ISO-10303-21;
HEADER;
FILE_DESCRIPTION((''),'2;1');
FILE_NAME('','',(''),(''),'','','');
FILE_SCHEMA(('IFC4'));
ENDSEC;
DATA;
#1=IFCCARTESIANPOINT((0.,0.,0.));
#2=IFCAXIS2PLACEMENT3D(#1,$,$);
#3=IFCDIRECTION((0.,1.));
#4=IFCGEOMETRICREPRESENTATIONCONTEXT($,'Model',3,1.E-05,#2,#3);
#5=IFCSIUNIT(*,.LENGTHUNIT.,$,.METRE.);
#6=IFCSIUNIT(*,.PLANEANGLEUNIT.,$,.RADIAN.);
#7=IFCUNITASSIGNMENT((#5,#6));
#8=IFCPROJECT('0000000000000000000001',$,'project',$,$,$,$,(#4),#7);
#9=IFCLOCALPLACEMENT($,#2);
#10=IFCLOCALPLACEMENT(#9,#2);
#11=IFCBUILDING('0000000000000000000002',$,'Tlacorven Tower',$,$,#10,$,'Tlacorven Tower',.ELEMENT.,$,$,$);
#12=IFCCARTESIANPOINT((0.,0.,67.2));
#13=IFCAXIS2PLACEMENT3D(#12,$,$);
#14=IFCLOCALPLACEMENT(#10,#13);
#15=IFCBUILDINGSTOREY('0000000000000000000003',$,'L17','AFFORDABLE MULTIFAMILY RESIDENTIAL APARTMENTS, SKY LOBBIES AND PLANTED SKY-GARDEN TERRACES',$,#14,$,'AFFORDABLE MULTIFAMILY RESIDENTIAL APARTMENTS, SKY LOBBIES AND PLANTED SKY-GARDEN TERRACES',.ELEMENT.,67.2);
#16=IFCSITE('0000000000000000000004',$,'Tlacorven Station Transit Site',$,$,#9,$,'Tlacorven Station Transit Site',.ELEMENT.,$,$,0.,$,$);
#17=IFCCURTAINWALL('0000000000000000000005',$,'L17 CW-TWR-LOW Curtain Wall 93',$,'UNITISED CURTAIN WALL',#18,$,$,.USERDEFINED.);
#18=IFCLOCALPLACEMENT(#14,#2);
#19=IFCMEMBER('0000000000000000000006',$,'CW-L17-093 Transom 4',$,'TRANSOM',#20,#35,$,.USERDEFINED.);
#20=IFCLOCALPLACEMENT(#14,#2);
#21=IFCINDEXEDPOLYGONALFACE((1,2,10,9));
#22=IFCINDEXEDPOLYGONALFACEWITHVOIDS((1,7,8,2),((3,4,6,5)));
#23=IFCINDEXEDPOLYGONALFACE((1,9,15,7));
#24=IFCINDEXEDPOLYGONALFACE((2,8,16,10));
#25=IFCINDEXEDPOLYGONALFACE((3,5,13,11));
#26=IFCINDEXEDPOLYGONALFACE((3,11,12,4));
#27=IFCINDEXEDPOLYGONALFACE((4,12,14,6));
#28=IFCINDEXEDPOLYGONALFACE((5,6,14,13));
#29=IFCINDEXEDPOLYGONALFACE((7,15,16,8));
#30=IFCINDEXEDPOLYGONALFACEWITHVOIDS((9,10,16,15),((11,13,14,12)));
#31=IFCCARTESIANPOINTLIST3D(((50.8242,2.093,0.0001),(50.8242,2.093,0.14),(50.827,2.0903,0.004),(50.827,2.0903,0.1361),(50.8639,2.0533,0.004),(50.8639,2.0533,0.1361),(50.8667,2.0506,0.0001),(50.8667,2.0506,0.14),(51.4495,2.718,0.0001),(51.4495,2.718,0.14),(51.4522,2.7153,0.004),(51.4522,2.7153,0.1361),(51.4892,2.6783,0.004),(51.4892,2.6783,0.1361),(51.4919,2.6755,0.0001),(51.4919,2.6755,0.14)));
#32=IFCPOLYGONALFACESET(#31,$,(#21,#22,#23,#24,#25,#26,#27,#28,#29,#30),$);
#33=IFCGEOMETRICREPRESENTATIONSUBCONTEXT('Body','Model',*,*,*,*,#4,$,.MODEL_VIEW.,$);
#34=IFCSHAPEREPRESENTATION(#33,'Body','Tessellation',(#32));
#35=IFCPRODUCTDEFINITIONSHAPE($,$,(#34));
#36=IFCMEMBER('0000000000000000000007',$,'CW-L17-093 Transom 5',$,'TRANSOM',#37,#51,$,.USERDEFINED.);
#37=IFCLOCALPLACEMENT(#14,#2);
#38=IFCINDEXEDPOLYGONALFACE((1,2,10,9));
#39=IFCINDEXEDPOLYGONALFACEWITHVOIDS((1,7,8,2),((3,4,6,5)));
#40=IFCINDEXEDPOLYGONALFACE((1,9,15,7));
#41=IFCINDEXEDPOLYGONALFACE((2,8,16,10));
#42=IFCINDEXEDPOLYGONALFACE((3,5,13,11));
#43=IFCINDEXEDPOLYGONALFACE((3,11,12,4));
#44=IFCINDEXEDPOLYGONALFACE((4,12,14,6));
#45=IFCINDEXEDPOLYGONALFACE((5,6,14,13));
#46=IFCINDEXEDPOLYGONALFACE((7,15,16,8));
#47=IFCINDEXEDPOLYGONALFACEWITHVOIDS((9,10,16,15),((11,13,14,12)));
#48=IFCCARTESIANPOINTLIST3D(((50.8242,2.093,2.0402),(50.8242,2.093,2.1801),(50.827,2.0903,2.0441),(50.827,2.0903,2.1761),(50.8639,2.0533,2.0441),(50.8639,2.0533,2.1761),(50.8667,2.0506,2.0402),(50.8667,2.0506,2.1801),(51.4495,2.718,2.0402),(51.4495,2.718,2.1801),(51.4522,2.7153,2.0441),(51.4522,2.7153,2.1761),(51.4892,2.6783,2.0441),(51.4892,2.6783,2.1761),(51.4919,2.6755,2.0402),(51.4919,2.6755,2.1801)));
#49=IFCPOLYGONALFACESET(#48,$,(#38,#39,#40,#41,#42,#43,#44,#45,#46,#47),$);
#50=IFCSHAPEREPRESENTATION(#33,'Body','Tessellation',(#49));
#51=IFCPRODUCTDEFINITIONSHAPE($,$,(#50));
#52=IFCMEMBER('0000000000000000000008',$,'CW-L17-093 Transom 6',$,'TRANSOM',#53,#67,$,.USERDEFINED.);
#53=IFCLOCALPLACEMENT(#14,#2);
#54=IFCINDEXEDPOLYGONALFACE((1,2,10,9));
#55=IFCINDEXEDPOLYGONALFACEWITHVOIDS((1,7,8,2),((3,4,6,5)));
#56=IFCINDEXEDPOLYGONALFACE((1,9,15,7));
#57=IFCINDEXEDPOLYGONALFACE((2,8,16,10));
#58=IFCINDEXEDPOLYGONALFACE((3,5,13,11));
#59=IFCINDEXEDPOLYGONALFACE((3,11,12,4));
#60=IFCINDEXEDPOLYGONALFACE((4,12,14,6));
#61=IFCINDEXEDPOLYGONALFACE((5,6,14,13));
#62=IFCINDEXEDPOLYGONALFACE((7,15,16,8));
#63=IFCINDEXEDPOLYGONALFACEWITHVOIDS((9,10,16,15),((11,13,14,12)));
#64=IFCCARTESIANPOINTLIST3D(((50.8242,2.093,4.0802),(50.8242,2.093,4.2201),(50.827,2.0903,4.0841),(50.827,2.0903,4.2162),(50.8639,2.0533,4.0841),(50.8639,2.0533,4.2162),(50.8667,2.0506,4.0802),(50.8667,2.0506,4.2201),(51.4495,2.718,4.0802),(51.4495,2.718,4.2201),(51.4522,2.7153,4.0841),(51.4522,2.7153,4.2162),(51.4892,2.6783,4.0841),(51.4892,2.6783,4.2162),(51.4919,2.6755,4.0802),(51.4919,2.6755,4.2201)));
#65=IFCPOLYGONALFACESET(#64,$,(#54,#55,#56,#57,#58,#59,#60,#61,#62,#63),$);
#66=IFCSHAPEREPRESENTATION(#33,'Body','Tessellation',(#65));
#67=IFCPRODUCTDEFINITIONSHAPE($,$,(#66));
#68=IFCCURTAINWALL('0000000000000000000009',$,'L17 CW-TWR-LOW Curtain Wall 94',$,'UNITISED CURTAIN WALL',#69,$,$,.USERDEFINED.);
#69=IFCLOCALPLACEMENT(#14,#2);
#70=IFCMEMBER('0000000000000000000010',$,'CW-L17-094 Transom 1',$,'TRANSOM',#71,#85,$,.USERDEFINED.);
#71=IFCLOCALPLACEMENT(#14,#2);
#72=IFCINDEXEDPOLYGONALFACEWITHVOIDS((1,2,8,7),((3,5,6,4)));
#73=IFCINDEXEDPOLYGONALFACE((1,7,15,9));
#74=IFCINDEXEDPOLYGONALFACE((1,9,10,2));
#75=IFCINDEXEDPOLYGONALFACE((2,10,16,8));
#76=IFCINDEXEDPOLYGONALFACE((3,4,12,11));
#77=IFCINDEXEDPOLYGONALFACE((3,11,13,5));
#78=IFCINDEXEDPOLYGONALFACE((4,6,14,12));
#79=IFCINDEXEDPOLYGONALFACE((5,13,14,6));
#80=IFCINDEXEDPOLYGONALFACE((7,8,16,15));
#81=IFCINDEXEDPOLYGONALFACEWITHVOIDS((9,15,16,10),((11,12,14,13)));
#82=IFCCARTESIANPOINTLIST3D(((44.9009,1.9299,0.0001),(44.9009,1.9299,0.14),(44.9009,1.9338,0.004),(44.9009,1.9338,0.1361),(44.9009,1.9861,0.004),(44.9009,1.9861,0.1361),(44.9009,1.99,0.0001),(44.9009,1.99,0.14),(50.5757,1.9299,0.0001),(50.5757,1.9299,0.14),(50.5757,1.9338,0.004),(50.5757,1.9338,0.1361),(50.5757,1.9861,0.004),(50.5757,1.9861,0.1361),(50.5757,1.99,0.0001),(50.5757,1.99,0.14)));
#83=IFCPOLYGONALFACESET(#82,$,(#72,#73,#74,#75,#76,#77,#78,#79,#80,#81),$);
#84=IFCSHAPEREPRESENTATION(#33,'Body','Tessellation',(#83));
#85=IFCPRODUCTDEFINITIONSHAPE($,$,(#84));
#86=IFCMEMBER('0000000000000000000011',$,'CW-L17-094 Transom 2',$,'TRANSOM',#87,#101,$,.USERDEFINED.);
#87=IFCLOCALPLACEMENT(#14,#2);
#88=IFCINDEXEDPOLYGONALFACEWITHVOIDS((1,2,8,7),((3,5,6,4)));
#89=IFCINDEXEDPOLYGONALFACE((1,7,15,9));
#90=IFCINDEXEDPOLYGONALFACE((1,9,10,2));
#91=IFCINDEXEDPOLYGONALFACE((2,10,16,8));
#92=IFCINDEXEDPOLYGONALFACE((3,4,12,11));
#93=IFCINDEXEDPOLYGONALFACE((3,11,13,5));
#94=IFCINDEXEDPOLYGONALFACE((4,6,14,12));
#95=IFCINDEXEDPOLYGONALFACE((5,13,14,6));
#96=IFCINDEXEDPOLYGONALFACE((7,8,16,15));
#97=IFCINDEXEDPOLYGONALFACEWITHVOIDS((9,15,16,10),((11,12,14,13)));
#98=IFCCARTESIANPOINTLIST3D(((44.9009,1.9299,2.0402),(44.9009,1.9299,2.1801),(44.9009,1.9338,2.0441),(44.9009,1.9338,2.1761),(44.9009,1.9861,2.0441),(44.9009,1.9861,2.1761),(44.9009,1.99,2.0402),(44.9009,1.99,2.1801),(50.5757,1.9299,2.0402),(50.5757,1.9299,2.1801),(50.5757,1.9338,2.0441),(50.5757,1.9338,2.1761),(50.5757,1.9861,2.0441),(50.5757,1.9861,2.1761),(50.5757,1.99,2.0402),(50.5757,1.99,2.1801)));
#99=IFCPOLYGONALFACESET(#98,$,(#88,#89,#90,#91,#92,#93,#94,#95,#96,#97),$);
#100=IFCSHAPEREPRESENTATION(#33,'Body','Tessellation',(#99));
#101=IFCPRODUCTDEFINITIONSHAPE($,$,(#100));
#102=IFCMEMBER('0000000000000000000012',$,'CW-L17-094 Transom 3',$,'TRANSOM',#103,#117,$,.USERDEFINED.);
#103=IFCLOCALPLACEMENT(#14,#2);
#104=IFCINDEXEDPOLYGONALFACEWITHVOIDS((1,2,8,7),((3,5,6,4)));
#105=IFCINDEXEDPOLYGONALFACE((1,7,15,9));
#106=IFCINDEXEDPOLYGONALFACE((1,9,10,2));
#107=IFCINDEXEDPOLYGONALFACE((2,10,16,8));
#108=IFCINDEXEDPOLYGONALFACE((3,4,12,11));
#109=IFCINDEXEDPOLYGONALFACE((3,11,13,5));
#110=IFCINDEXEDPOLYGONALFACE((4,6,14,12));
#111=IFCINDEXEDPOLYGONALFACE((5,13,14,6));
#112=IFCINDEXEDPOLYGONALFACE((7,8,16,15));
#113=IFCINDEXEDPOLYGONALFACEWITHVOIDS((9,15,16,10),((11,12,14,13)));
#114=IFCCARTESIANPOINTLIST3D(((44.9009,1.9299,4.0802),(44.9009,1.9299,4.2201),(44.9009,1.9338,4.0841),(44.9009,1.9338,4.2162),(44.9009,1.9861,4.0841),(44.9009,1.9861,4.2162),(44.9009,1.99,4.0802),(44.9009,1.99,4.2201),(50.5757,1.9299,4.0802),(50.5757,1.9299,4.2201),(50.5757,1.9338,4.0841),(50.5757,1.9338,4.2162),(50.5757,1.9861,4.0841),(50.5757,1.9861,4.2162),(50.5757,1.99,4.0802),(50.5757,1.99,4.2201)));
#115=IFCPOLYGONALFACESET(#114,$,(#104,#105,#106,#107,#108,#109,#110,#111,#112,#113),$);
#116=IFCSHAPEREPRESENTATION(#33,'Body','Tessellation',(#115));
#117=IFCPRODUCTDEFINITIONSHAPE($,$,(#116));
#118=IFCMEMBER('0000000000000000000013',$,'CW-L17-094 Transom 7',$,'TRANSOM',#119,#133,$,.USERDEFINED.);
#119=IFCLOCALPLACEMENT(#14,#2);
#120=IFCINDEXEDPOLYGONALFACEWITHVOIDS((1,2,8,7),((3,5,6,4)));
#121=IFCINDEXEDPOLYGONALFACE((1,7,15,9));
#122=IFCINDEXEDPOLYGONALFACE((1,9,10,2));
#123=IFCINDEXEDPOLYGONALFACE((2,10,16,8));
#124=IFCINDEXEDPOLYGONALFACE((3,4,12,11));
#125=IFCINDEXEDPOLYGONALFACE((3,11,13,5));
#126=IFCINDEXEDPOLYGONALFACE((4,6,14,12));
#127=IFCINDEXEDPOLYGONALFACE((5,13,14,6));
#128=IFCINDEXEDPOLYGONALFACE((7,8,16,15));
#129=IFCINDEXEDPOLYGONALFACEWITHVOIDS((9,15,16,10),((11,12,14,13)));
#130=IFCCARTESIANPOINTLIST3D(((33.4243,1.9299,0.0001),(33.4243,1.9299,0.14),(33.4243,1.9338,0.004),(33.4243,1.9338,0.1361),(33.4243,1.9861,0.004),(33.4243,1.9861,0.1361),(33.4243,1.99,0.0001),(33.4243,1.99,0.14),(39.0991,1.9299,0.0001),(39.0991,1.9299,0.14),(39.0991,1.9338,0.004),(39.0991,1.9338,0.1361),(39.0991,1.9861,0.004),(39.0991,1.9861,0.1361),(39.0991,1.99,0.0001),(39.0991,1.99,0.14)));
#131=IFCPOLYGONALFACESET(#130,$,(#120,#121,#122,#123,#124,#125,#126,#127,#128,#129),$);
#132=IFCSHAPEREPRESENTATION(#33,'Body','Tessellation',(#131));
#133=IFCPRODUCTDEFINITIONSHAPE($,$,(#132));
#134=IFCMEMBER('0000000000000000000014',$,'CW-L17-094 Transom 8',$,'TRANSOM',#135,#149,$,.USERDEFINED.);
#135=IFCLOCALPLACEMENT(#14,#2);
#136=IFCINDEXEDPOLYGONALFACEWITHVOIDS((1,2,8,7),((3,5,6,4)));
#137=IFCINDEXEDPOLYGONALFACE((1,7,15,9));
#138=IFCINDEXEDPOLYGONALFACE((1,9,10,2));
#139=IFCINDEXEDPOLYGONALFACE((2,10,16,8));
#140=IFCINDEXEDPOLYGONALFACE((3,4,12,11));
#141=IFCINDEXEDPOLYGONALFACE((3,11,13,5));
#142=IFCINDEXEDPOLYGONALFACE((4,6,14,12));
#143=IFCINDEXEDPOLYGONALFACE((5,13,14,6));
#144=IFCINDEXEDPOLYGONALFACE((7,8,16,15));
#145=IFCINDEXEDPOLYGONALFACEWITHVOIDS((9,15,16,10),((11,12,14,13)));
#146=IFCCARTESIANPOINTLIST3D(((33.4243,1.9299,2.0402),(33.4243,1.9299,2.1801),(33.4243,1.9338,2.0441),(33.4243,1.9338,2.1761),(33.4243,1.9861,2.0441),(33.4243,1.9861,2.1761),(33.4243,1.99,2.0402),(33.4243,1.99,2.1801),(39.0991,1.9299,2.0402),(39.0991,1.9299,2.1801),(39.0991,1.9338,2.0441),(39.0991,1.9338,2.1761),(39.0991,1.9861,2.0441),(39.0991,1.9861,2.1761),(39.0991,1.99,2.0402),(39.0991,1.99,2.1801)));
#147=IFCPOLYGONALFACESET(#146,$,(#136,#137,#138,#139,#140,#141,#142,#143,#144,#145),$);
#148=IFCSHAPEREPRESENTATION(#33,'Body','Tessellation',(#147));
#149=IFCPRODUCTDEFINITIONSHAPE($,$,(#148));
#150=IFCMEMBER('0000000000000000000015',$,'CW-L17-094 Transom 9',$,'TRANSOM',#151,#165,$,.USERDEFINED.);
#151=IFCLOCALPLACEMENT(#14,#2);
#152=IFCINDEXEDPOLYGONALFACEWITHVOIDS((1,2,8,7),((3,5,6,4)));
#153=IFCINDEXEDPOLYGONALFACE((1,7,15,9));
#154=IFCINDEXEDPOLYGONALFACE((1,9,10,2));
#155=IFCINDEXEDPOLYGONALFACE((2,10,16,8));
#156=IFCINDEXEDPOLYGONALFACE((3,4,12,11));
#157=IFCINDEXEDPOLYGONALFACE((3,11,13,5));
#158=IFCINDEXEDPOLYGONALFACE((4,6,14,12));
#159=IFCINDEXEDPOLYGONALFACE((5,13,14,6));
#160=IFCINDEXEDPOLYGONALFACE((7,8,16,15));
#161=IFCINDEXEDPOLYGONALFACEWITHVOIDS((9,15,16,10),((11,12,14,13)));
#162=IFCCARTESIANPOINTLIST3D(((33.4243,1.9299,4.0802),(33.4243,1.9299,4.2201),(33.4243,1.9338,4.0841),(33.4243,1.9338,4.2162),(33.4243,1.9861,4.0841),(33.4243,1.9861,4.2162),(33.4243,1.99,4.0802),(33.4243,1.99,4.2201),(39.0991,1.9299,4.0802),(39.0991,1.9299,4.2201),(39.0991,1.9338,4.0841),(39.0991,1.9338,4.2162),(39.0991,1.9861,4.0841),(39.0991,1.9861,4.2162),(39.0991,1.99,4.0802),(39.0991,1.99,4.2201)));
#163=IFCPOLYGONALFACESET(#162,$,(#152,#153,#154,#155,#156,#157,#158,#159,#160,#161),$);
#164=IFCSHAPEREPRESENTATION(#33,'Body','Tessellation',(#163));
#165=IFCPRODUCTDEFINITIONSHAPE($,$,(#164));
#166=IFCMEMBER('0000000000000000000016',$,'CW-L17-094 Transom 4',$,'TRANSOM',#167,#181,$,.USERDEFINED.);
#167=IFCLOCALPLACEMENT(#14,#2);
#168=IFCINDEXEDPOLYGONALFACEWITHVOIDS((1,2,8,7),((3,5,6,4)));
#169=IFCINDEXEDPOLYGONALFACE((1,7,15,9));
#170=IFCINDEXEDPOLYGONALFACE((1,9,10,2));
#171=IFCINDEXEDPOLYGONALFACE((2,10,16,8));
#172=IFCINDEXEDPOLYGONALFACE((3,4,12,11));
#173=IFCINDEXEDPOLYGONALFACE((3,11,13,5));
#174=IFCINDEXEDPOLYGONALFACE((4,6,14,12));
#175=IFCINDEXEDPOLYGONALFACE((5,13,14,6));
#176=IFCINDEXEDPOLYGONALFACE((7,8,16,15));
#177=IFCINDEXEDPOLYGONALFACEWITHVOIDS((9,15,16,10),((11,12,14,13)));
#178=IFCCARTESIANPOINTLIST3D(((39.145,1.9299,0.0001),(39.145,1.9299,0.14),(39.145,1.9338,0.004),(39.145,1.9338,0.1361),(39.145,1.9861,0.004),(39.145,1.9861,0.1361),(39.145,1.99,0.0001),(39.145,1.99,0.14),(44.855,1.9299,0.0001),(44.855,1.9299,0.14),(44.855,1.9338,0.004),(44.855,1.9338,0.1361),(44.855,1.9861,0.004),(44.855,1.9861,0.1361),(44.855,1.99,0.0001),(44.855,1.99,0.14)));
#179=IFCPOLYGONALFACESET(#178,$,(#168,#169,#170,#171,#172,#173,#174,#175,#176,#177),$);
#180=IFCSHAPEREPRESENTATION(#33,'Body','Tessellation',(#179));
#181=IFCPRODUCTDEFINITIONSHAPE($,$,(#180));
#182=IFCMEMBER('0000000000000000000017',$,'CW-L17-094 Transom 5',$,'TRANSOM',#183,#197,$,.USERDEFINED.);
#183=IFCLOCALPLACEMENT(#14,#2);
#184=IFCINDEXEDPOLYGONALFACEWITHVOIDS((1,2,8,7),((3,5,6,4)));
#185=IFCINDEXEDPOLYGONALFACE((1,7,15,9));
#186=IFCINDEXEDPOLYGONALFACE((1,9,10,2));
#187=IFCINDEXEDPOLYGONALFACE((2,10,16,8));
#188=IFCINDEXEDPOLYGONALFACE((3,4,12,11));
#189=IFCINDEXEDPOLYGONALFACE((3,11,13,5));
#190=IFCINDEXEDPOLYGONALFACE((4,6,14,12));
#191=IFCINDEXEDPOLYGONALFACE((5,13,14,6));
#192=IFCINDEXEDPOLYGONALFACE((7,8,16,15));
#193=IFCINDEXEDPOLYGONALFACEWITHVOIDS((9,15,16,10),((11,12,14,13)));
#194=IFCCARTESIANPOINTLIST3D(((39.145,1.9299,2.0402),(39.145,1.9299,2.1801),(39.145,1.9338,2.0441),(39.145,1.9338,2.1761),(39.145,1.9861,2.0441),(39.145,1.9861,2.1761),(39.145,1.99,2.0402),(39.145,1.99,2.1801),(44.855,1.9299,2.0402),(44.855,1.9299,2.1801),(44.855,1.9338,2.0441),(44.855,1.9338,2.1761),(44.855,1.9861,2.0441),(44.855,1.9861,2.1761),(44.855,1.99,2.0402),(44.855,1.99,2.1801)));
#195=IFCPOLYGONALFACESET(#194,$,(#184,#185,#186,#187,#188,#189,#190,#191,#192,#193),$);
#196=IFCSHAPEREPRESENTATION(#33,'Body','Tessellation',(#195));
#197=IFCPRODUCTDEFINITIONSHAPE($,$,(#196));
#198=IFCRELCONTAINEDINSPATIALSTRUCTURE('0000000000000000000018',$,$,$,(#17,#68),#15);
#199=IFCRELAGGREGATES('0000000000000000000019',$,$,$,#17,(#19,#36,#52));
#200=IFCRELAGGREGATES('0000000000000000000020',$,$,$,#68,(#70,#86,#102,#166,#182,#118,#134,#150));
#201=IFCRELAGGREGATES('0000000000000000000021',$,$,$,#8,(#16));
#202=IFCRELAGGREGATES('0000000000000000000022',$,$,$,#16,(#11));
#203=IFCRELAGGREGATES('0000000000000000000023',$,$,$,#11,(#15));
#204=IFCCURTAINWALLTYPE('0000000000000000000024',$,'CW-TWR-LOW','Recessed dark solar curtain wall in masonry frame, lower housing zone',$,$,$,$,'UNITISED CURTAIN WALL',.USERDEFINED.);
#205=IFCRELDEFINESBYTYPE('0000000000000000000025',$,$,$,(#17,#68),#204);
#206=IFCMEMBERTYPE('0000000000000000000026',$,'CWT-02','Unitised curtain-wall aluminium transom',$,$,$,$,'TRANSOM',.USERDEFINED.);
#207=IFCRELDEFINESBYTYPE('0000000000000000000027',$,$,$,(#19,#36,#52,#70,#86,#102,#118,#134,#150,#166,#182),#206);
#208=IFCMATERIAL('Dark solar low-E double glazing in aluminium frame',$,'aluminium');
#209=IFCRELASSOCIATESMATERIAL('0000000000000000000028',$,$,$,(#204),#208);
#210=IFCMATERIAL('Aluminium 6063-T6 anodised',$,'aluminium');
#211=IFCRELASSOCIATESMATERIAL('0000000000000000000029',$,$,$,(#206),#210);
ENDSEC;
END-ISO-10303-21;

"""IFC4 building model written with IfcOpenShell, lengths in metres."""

from ifc_helpers import new_model, si_unit, direction, frame, origin, origin_2d, place, context, subcontext, project, spatial, hollow_rectangle, extrude, source, transform, mapped, material, material_profile, profile_set, type_object, element, aggregate, save


model = new_model("IFC4")

# Units and contexts
model_context = context("Model", 3, precision=1e-05, world=origin(), true_north=direction((0.0, 1.0)))
body_context = subcontext(model_context, "Body", "Model", "MODEL_VIEW")
ifc_project = project(units=[si_unit("LENGTHUNIT", "METRE"), si_unit("PLANEANGLEUNIT", "RADIAN")], contexts=[model_context])

# Site, building, storey
site_placement = place(None, origin())
site = spatial("IfcSite", under=ifc_project, at=site_placement, Name="Tlacorven Station Transit Site", LongName="Tlacorven Station Transit Site", CompositionType="ELEMENT", RefElevation=0.0)
building_placement = place(site_placement, origin())
building = spatial("IfcBuilding", under=site, at=building_placement, Name="Tlacorven Tower", LongName="Tlacorven Tower", CompositionType="ELEMENT")
storey_placement = place(building_placement, frame((0.0, 0.0, 67.2)))
storey = spatial("IfcBuildingStorey", under=building, at=storey_placement, Name="L17", Description="AFFORDABLE MULTIFAMILY RESIDENTIAL APARTMENTS, SKY LOBBIES AND PLANTED SKY-GARDEN TERRACES", LongName="AFFORDABLE MULTIFAMILY RESIDENTIAL APARTMENTS, SKY LOBBIES AND PLANTED SKY-GARDEN TERRACES", CompositionType="ELEMENT", Elevation=67.2)

# Curtain walls, members
ifc_material_1 = material(Name="Dark solar low-E double glazing in aluminium frame", Category="aluminium")
curtain_wall_type = type_object("IfcCurtainWallType", Name="CW-TWR-LOW", Description="Recessed dark solar curtain wall in masonry frame, lower housing zone", ElementType="UNITISED CURTAIN WALL", PredefinedType="USERDEFINED", material=ifc_material_1)
curtain_wall_1_placement = place(storey_placement, origin())
curtain_wall_1 = element("IfcCurtainWall", 1, at=curtain_wall_1_placement, inside=storey, type_object=curtain_wall_type, Name="L17 CW-TWR-LOW Curtain Wall 93", ObjectType="UNITISED CURTAIN WALL", PredefinedType="USERDEFINED")
ifc_material_2 = material(Name="Aluminium 6063-T6 anodised", Category="aluminium")
ifc_material_profile_1 = material_profile(ifc_material_2, hollow_rectangle(XDim=0.0601, YDim=0.1399, WallThickness=0.0039, at=origin_2d()), Name="ALU TRANSOM 60X140")
ifc_profile_set_1 = profile_set([ifc_material_profile_1], Name="Aluminium 6063-T6 anodised")
member_type_1 = type_object("IfcMemberType", Name="CWT-02", Description="Unitised curtain-wall aluminium transom", ElementType="TRANSOM", PredefinedType="USERDEFINED", material=ifc_profile_set_1)
shared_shape_1 = source(origin(), body_context, "Body", "SweptSolid", [
    extrude(hollow_rectangle(XDim=0.0601, YDim=0.1399, WallThickness=0.0039, at=origin_2d()), origin(), (0.0, 0.0, 1.0), 0.884),
])
member_1_placement = place(storey_placement, frame((51.4707, 2.6968, 0.0701), z_axis=(-0.707245, -0.706969, 0.0), x_axis=(0.706969, -0.707245, 0.0)))
member_1 = element("IfcMember", 2, at=member_1_placement, type_object=member_type_1, Name="CW-L17-093 Transom 4", ObjectType="TRANSOM", PredefinedType="USERDEFINED", context=body_context, shape_type="MappedRepresentation", body=[
    mapped(shared_shape_1, transform((0.0, 0.0, 0.0), scale=1.0)),
])
member_2_placement = place(storey_placement, frame((51.4707, 2.6968, 2.1101), z_axis=(-0.707245, -0.706969, 0.0), x_axis=(0.706969, -0.707245, 0.0)))
member_2 = element("IfcMember", 3, at=member_2_placement, type_object=member_type_1, Name="CW-L17-093 Transom 5", ObjectType="TRANSOM", PredefinedType="USERDEFINED", context=body_context, shape_type="MappedRepresentation", body=[
    mapped(shared_shape_1, transform((0.0, 0.0, 0.0), scale=1.0)),
])
member_3_placement = place(storey_placement, frame((51.4707, 2.6968, 4.1501), z_axis=(-0.707245, -0.706969, 0.0), x_axis=(0.706969, -0.707245, 0.0)))
member_3 = element("IfcMember", 4, at=member_3_placement, type_object=member_type_1, Name="CW-L17-093 Transom 6", ObjectType="TRANSOM", PredefinedType="USERDEFINED", context=body_context, shape_type="MappedRepresentation", body=[
    mapped(shared_shape_1, transform((0.0, 0.0, 0.0), scale=1.0)),
])
curtain_wall_2_placement = place(storey_placement, origin())
curtain_wall_2 = element("IfcCurtainWall", 5, at=curtain_wall_2_placement, inside=storey, type_object=curtain_wall_type, Name="L17 CW-TWR-LOW Curtain Wall 94", ObjectType="UNITISED CURTAIN WALL", PredefinedType="USERDEFINED")
shared_shape_2 = source(origin(), body_context, "Body", "SweptSolid", [
    extrude(hollow_rectangle(XDim=0.0601, YDim=0.1399, WallThickness=0.0039, at=origin_2d()), origin(), (0.0, 0.0, 1.0), 5.6748),
])
member_4_placement = place(storey_placement, frame((50.5757, 1.96, 0.0701), z_axis=(-1.0, 0.0, 0.0), x_axis=(0.0, -1.0, 0.0)))
member_4 = element("IfcMember", 6, at=member_4_placement, type_object=member_type_1, Name="CW-L17-094 Transom 1", ObjectType="TRANSOM", PredefinedType="USERDEFINED", context=body_context, shape_type="MappedRepresentation", body=[
    mapped(shared_shape_2, transform((0.0, 0.0, 0.0), scale=1.0)),
])
member_5_placement = place(storey_placement, frame((50.5757, 1.96, 2.1101), z_axis=(-1.0, 0.0, 0.0), x_axis=(0.0, -1.0, 0.0)))
member_5 = element("IfcMember", 7, at=member_5_placement, type_object=member_type_1, Name="CW-L17-094 Transom 2", ObjectType="TRANSOM", PredefinedType="USERDEFINED", context=body_context, shape_type="MappedRepresentation", body=[
    mapped(shared_shape_2, transform((0.0, 0.0, 0.0), scale=1.0)),
])
member_6_placement = place(storey_placement, frame((50.5757, 1.96, 4.1501), z_axis=(-1.0, 0.0, 0.0), x_axis=(0.0, -1.0, 0.0)))
member_6 = element("IfcMember", 8, at=member_6_placement, type_object=member_type_1, Name="CW-L17-094 Transom 3", ObjectType="TRANSOM", PredefinedType="USERDEFINED", context=body_context, shape_type="MappedRepresentation", body=[
    mapped(shared_shape_2, transform((0.0, 0.0, 0.0), scale=1.0)),
])
member_7_placement = place(storey_placement, frame((39.0991, 1.96, 0.0701), z_axis=(-1.0, 0.0, 0.0), x_axis=(0.0, -1.0, 0.0)))
member_7 = element("IfcMember", 9, at=member_7_placement, type_object=member_type_1, Name="CW-L17-094 Transom 7", ObjectType="TRANSOM", PredefinedType="USERDEFINED", context=body_context, shape_type="MappedRepresentation", body=[
    mapped(shared_shape_2, transform((0.0, 0.0, 0.0), scale=1.0)),
])
member_8_placement = place(storey_placement, frame((39.0991, 1.96, 2.1101), z_axis=(-1.0, 0.0, 0.0), x_axis=(0.0, -1.0, 0.0)))
member_8 = element("IfcMember", 10, at=member_8_placement, type_object=member_type_1, Name="CW-L17-094 Transom 8", ObjectType="TRANSOM", PredefinedType="USERDEFINED", context=body_context, shape_type="MappedRepresentation", body=[
    mapped(shared_shape_2, transform((0.0, 0.0, 0.0), scale=1.0)),
])
member_9_placement = place(storey_placement, frame((39.0991, 1.96, 4.1501), z_axis=(-1.0, 0.0, 0.0), x_axis=(0.0, -1.0, 0.0)))
member_9 = element("IfcMember", 11, at=member_9_placement, type_object=member_type_1, Name="CW-L17-094 Transom 9", ObjectType="TRANSOM", PredefinedType="USERDEFINED", context=body_context, shape_type="MappedRepresentation", body=[
    mapped(shared_shape_2, transform((0.0, 0.0, 0.0), scale=1.0)),
])
shared_shape_3 = source(origin(), body_context, "Body", "SweptSolid", [
    extrude(hollow_rectangle(XDim=0.0601, YDim=0.1399, WallThickness=0.0039, at=origin_2d()), origin(), (0.0, 0.0, 1.0), 5.71),
])
member_10_placement = place(storey_placement, frame((44.855, 1.96, 0.0701), z_axis=(-1.0, 0.0, 0.0), x_axis=(0.0, -1.0, 0.0)))
member_10 = element("IfcMember", 12, at=member_10_placement, type_object=member_type_1, Name="CW-L17-094 Transom 4", ObjectType="TRANSOM", PredefinedType="USERDEFINED", context=body_context, shape_type="MappedRepresentation", body=[
    mapped(shared_shape_3, transform((0.0, 0.0, 0.0), scale=1.0)),
])
member_11_placement = place(storey_placement, frame((44.855, 1.96, 2.1101), z_axis=(-1.0, 0.0, 0.0), x_axis=(0.0, -1.0, 0.0)))
member_11 = element("IfcMember", 13, at=member_11_placement, type_object=member_type_1, Name="CW-L17-094 Transom 5", ObjectType="TRANSOM", PredefinedType="USERDEFINED", context=body_context, shape_type="MappedRepresentation", body=[
    mapped(shared_shape_3, transform((0.0, 0.0, 0.0), scale=1.0)),
])

aggregate(curtain_wall_1, [member_1, member_2, member_3])
aggregate(curtain_wall_2, [member_4, member_5, member_6, member_10, member_11, member_7, member_8, member_9])

save(model, "model.ifc")
